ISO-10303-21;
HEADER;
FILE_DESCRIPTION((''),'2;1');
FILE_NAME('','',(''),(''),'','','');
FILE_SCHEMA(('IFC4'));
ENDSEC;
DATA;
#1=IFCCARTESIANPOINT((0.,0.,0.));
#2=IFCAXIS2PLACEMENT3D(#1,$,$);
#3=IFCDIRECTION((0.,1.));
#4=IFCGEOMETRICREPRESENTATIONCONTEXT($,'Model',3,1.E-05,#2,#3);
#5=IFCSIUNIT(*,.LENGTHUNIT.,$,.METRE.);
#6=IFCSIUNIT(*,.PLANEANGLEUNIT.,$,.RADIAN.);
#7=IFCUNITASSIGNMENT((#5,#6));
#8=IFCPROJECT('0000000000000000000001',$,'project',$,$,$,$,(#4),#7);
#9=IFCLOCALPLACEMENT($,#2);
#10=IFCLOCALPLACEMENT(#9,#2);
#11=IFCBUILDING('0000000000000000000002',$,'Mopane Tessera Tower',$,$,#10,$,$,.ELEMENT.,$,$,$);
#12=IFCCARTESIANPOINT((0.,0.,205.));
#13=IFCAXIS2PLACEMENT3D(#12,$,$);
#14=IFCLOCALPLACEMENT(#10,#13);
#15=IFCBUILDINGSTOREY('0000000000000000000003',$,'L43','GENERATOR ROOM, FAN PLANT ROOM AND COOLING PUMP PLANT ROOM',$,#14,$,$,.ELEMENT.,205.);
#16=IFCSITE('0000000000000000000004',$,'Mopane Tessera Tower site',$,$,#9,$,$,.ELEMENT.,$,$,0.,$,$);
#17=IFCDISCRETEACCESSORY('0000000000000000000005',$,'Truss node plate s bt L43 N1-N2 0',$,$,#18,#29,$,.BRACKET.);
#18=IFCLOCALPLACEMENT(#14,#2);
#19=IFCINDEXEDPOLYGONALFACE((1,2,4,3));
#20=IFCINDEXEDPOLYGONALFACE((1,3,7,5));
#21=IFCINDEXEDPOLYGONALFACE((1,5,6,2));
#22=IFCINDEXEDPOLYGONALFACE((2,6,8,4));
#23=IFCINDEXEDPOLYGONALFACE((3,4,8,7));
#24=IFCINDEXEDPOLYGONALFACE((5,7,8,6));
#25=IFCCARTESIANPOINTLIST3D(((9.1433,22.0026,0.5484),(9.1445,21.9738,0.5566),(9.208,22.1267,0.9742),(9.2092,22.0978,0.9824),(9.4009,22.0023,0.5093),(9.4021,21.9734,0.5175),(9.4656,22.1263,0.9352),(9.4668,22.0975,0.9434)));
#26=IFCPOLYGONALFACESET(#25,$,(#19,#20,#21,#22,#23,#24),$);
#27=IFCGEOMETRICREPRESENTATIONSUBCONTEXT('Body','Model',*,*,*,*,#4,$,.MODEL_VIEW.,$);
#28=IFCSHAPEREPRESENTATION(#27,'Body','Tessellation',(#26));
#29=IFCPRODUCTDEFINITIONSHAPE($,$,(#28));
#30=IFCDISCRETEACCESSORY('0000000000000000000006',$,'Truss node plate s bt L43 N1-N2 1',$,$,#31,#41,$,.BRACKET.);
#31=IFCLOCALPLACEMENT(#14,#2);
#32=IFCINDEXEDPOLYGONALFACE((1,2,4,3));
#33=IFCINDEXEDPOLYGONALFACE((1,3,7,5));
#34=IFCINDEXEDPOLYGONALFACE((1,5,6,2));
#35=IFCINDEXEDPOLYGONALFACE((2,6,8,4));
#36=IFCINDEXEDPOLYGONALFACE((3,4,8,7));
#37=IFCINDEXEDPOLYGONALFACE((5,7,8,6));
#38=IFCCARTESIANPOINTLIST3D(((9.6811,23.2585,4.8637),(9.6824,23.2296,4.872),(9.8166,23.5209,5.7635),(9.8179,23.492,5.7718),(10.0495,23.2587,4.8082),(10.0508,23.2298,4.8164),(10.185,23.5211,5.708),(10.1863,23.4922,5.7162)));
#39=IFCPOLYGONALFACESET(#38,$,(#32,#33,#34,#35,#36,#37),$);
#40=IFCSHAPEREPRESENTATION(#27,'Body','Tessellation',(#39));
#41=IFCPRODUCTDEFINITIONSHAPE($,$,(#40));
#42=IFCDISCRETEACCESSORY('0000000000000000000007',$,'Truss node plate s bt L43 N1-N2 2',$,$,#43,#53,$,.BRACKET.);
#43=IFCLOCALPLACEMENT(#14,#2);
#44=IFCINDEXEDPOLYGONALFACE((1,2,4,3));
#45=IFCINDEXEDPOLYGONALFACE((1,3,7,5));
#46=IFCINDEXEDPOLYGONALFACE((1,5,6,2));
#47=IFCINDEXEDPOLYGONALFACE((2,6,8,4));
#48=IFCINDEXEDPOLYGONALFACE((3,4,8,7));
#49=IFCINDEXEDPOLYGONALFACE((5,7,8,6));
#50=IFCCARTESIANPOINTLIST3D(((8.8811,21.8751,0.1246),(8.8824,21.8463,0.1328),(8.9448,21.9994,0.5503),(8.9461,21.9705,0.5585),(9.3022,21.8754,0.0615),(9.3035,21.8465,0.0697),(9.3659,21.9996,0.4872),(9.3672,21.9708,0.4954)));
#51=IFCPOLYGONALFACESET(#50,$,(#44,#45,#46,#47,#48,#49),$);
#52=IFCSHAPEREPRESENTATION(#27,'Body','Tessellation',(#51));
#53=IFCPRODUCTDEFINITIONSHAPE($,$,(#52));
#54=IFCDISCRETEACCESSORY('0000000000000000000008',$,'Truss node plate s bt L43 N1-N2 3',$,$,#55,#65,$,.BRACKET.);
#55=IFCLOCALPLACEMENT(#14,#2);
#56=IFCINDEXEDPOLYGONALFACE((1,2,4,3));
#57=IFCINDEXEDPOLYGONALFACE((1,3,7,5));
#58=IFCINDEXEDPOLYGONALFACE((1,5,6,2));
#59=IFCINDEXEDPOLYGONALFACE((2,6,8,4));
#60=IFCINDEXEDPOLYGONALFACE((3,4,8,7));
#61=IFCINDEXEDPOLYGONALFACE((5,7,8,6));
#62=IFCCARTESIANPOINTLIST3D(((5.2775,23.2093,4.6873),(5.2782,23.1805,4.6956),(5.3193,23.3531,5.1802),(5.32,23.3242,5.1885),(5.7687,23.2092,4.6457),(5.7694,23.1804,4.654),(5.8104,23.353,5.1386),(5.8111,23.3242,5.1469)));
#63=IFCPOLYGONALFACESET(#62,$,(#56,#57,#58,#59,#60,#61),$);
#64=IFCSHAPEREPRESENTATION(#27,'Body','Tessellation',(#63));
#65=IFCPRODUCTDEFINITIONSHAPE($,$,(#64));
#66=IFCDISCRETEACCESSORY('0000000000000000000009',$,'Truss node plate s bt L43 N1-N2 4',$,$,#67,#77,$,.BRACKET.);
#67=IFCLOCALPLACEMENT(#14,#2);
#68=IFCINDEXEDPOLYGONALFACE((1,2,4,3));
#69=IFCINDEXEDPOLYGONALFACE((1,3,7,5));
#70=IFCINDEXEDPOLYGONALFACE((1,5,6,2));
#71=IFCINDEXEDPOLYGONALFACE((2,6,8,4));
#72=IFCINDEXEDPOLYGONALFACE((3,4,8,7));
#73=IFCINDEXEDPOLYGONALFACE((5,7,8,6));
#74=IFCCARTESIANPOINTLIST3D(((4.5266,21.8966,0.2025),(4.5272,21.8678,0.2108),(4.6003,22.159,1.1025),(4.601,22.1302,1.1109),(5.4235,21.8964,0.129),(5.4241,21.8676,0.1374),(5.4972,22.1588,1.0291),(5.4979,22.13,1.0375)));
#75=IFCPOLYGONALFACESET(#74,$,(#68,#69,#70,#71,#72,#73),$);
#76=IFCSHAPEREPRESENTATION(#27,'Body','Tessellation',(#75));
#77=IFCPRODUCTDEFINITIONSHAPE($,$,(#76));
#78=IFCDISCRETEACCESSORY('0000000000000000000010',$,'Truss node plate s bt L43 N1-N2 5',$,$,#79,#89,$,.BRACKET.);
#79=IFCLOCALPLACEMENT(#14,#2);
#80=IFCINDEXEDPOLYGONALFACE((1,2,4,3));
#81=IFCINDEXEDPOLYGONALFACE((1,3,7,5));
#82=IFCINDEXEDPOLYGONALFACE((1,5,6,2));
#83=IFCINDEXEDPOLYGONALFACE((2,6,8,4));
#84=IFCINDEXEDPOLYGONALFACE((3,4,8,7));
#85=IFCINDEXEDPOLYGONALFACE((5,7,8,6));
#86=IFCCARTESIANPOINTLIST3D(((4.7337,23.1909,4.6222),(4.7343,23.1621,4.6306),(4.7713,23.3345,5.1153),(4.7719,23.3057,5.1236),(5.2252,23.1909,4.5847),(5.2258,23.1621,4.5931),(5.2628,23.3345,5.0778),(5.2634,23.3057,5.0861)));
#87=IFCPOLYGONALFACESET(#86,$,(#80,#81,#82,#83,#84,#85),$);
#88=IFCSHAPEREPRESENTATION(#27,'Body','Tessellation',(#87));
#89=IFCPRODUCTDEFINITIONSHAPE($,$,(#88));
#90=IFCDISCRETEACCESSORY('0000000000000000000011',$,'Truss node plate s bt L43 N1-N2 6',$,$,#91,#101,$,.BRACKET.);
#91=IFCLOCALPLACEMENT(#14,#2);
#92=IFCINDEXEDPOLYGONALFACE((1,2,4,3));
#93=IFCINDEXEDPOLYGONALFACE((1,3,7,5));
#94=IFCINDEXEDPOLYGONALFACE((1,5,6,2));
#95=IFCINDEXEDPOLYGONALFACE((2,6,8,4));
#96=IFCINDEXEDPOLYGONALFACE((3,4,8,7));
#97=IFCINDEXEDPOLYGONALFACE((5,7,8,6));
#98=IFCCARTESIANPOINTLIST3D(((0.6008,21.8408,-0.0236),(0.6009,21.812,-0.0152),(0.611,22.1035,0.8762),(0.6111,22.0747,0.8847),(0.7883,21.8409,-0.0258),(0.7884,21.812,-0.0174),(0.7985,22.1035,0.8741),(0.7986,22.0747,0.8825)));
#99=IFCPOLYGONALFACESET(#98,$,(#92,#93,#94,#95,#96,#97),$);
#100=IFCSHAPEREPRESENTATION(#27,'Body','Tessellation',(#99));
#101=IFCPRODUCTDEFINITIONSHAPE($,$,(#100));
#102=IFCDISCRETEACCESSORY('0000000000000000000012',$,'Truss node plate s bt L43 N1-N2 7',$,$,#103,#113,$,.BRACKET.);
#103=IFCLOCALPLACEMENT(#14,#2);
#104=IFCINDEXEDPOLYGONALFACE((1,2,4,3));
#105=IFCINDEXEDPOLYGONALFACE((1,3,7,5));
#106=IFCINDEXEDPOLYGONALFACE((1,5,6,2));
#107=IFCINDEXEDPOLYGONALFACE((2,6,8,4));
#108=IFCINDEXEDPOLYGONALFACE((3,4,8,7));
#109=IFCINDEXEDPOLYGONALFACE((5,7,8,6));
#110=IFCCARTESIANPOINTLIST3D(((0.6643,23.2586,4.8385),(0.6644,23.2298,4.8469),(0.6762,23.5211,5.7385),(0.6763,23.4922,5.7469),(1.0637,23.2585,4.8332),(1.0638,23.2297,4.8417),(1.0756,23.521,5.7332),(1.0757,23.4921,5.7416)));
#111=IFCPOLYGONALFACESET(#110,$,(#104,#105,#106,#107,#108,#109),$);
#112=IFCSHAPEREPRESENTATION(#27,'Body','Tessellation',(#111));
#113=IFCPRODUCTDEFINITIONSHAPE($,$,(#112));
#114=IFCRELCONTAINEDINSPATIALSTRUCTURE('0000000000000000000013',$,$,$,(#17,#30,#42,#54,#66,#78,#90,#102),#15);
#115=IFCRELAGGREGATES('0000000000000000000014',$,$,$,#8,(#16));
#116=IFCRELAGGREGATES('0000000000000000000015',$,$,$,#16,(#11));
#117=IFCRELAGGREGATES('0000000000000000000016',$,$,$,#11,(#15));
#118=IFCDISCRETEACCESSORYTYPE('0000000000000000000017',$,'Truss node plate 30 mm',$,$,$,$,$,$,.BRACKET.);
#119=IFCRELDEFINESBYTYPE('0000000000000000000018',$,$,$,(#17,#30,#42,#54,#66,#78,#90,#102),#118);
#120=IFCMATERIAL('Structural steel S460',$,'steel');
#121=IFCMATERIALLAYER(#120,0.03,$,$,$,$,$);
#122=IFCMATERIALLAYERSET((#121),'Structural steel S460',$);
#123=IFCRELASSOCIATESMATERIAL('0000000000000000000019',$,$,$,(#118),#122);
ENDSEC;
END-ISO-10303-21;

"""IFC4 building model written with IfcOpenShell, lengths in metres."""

from ifc_helpers import new_model, si_unit, direction, frame, origin, origin_2d, place, context, subcontext, project, spatial, rectangle, extrude, material, layer, layer_set, type_object, element, save


model = new_model("IFC4")

# Units and contexts
model_context = context("Model", 3, precision=1e-05, world=origin(), true_north=direction((0.0, 1.0)))
body_context = subcontext(model_context, "Body", "Model", "MODEL_VIEW")
ifc_project = project(units=[si_unit("LENGTHUNIT", "METRE"), si_unit("PLANEANGLEUNIT", "RADIAN")], contexts=[model_context])

# Site, building, storey
site_placement = place(None, origin())
site = spatial("IfcSite", under=ifc_project, at=site_placement, Name="Mopane Tessera Tower site", CompositionType="ELEMENT", RefElevation=0.0)
building_placement = place(site_placement, origin())
building = spatial("IfcBuilding", under=site, at=building_placement, Name="Mopane Tessera Tower", CompositionType="ELEMENT")
storey_placement = place(building_placement, frame((0.0, 0.0, 205.0)))
storey = spatial("IfcBuildingStorey", under=building, at=storey_placement, Name="L43", Description="GENERATOR ROOM, FAN PLANT ROOM AND COOLING PUMP PLANT ROOM", CompositionType="ELEMENT", Elevation=205.0)

# Discrete accessories
ifc_material_1 = material(Name="Structural steel S460", Category="steel")
ifc_layer_1 = layer(ifc_material_1, 0.03)
ifc_layer_set_1 = layer_set([ifc_layer_1], Name="Structural steel S460")
discrete_accessory_type_1 = type_object("IfcDiscreteAccessoryType", Name="Truss node plate 30 mm", PredefinedType="BRACKET", material=ifc_layer_set_1)
discrete_accessory_1_placement = place(storey_placement, frame((9.2727, 21.988, 0.533), z_axis=(0.144358, 0.276732, 0.950042), x_axis=(0.040312, -0.960946, 0.273783)))
element("IfcDiscreteAccessory", 1, at=discrete_accessory_1_placement, inside=storey, type_object=discrete_accessory_type_1, Name="Truss node plate s bt L43 N1-N2 0", PredefinedType="BRACKET", context=body_context, shape_type="SweptSolid", body=[
    extrude(rectangle(XDim=0.03, YDim=0.2605, at=origin_2d()), origin(), (0.0, 0.0, 1.0), 0.4482),
])
discrete_accessory_2_placement = place(storey_placement, frame((9.866, 23.2441, 4.8401), z_axis=(0.143061, 0.2771, 0.950131), x_axis=(0.041765, -0.960841, 0.273935)))
element("IfcDiscreteAccessory", 2, at=discrete_accessory_2_placement, inside=storey, type_object=discrete_accessory_type_1, Name="Truss node plate s bt L43 N1-N2 1", PredefinedType="BRACKET", context=body_context, shape_type="SweptSolid", body=[
    extrude(rectangle(XDim=0.03, YDim=0.3726, at=origin_2d()), origin(), (0.0, 0.0, 1.0), 0.947),
])
discrete_accessory_3_placement = place(storey_placement, frame((9.0923, 21.8608, 0.0972), z_axis=(0.142202, 0.277322, 0.950195), x_axis=(0.04169, -0.960777, 0.274171)))
element("IfcDiscreteAccessory", 3, at=discrete_accessory_3_placement, inside=storey, type_object=discrete_accessory_type_1, Name="Truss node plate s bt L43 N1-N2 2", PredefinedType="BRACKET", context=body_context, shape_type="SweptSolid", body=[
    extrude(rectangle(XDim=0.03, YDim=0.4258, at=origin_2d()), origin(), (0.0, 0.0, 1.0), 0.448),
])
discrete_accessory_4_placement = place(storey_placement, frame((5.5234, 23.1948, 4.6707), z_axis=(0.081039, 0.279134, 0.956827), x_axis=(0.023373, -0.960252, 0.278153)))
element("IfcDiscreteAccessory", 4, at=discrete_accessory_4_placement, inside=storey, type_object=discrete_accessory_type_1, Name="Truss node plate s bt L43 N1-N2 3", PredefinedType="BRACKET", context=body_context, shape_type="SweptSolid", body=[
    extrude(rectangle(XDim=0.03, YDim=0.4929, at=origin_2d()), origin(), (0.0, 0.0, 1.0), 0.5151),
])
discrete_accessory_5_placement = place(storey_placement, frame((4.9753, 21.8821, 0.1699), z_axis=(0.078393, 0.279049, 0.957072), x_axis=(0.022567, -0.960277, 0.278135)))
element("IfcDiscreteAccessory", 5, at=discrete_accessory_5_placement, inside=storey, type_object=discrete_accessory_type_1, Name="Truss node plate s bt L43 N1-N2 4", PredefinedType="BRACKET", context=body_context, shape_type="SweptSolid", body=[
    extrude(rectangle(XDim=0.03, YDim=0.8999, at=origin_2d()), origin(), (0.0, 0.0, 1.0), 0.9404),
])
discrete_accessory_6_placement = place(storey_placement, frame((4.9797, 23.1765, 4.6077), z_axis=(0.073037, 0.27887, 0.957548), x_axis=(0.02117, -0.960329, 0.278065)))
element("IfcDiscreteAccessory", 6, at=discrete_accessory_6_placement, inside=storey, type_object=discrete_accessory_type_1, Name="Truss node plate s bt L43 N1-N2 5", PredefinedType="BRACKET", context=body_context, shape_type="SweptSolid", body=[
    extrude(rectangle(XDim=0.03, YDim=0.4929, at=origin_2d()), origin(), (0.0, 0.0, 1.0), 0.5149),
])
discrete_accessory_7_placement = place(storey_placement, frame((0.6946, 21.8264, -0.0205), z_axis=(0.010937, 0.280203, 0.959878), x_axis=(0.003472, -0.959941, 0.280182)))
element("IfcDiscreteAccessory", 7, at=discrete_accessory_7_placement, inside=storey, type_object=discrete_accessory_type_1, Name="Truss node plate s bt L43 N1-N2 6", PredefinedType="BRACKET", context=body_context, shape_type="SweptSolid", body=[
    extrude(rectangle(XDim=0.03, YDim=0.1875, at=origin_2d()), origin(), (0.0, 0.0, 1.0), 0.9375),
])
discrete_accessory_8_placement = place(storey_placement, frame((0.864, 23.2441, 4.8401), z_axis=(0.012761, 0.279957, 0.959928), x_axis=(0.003394, -0.960012, 0.279937)))
element("IfcDiscreteAccessory", 8, at=discrete_accessory_8_placement, inside=storey, type_object=discrete_accessory_type_1, Name="Truss node plate s bt L43 N1-N2 7", PredefinedType="BRACKET", context=body_context, shape_type="SweptSolid", body=[
    extrude(rectangle(XDim=0.03, YDim=0.3994, at=origin_2d()), origin(), (0.0, 0.0, 1.0), 0.9375),
])

save(model, "model.ifc")
